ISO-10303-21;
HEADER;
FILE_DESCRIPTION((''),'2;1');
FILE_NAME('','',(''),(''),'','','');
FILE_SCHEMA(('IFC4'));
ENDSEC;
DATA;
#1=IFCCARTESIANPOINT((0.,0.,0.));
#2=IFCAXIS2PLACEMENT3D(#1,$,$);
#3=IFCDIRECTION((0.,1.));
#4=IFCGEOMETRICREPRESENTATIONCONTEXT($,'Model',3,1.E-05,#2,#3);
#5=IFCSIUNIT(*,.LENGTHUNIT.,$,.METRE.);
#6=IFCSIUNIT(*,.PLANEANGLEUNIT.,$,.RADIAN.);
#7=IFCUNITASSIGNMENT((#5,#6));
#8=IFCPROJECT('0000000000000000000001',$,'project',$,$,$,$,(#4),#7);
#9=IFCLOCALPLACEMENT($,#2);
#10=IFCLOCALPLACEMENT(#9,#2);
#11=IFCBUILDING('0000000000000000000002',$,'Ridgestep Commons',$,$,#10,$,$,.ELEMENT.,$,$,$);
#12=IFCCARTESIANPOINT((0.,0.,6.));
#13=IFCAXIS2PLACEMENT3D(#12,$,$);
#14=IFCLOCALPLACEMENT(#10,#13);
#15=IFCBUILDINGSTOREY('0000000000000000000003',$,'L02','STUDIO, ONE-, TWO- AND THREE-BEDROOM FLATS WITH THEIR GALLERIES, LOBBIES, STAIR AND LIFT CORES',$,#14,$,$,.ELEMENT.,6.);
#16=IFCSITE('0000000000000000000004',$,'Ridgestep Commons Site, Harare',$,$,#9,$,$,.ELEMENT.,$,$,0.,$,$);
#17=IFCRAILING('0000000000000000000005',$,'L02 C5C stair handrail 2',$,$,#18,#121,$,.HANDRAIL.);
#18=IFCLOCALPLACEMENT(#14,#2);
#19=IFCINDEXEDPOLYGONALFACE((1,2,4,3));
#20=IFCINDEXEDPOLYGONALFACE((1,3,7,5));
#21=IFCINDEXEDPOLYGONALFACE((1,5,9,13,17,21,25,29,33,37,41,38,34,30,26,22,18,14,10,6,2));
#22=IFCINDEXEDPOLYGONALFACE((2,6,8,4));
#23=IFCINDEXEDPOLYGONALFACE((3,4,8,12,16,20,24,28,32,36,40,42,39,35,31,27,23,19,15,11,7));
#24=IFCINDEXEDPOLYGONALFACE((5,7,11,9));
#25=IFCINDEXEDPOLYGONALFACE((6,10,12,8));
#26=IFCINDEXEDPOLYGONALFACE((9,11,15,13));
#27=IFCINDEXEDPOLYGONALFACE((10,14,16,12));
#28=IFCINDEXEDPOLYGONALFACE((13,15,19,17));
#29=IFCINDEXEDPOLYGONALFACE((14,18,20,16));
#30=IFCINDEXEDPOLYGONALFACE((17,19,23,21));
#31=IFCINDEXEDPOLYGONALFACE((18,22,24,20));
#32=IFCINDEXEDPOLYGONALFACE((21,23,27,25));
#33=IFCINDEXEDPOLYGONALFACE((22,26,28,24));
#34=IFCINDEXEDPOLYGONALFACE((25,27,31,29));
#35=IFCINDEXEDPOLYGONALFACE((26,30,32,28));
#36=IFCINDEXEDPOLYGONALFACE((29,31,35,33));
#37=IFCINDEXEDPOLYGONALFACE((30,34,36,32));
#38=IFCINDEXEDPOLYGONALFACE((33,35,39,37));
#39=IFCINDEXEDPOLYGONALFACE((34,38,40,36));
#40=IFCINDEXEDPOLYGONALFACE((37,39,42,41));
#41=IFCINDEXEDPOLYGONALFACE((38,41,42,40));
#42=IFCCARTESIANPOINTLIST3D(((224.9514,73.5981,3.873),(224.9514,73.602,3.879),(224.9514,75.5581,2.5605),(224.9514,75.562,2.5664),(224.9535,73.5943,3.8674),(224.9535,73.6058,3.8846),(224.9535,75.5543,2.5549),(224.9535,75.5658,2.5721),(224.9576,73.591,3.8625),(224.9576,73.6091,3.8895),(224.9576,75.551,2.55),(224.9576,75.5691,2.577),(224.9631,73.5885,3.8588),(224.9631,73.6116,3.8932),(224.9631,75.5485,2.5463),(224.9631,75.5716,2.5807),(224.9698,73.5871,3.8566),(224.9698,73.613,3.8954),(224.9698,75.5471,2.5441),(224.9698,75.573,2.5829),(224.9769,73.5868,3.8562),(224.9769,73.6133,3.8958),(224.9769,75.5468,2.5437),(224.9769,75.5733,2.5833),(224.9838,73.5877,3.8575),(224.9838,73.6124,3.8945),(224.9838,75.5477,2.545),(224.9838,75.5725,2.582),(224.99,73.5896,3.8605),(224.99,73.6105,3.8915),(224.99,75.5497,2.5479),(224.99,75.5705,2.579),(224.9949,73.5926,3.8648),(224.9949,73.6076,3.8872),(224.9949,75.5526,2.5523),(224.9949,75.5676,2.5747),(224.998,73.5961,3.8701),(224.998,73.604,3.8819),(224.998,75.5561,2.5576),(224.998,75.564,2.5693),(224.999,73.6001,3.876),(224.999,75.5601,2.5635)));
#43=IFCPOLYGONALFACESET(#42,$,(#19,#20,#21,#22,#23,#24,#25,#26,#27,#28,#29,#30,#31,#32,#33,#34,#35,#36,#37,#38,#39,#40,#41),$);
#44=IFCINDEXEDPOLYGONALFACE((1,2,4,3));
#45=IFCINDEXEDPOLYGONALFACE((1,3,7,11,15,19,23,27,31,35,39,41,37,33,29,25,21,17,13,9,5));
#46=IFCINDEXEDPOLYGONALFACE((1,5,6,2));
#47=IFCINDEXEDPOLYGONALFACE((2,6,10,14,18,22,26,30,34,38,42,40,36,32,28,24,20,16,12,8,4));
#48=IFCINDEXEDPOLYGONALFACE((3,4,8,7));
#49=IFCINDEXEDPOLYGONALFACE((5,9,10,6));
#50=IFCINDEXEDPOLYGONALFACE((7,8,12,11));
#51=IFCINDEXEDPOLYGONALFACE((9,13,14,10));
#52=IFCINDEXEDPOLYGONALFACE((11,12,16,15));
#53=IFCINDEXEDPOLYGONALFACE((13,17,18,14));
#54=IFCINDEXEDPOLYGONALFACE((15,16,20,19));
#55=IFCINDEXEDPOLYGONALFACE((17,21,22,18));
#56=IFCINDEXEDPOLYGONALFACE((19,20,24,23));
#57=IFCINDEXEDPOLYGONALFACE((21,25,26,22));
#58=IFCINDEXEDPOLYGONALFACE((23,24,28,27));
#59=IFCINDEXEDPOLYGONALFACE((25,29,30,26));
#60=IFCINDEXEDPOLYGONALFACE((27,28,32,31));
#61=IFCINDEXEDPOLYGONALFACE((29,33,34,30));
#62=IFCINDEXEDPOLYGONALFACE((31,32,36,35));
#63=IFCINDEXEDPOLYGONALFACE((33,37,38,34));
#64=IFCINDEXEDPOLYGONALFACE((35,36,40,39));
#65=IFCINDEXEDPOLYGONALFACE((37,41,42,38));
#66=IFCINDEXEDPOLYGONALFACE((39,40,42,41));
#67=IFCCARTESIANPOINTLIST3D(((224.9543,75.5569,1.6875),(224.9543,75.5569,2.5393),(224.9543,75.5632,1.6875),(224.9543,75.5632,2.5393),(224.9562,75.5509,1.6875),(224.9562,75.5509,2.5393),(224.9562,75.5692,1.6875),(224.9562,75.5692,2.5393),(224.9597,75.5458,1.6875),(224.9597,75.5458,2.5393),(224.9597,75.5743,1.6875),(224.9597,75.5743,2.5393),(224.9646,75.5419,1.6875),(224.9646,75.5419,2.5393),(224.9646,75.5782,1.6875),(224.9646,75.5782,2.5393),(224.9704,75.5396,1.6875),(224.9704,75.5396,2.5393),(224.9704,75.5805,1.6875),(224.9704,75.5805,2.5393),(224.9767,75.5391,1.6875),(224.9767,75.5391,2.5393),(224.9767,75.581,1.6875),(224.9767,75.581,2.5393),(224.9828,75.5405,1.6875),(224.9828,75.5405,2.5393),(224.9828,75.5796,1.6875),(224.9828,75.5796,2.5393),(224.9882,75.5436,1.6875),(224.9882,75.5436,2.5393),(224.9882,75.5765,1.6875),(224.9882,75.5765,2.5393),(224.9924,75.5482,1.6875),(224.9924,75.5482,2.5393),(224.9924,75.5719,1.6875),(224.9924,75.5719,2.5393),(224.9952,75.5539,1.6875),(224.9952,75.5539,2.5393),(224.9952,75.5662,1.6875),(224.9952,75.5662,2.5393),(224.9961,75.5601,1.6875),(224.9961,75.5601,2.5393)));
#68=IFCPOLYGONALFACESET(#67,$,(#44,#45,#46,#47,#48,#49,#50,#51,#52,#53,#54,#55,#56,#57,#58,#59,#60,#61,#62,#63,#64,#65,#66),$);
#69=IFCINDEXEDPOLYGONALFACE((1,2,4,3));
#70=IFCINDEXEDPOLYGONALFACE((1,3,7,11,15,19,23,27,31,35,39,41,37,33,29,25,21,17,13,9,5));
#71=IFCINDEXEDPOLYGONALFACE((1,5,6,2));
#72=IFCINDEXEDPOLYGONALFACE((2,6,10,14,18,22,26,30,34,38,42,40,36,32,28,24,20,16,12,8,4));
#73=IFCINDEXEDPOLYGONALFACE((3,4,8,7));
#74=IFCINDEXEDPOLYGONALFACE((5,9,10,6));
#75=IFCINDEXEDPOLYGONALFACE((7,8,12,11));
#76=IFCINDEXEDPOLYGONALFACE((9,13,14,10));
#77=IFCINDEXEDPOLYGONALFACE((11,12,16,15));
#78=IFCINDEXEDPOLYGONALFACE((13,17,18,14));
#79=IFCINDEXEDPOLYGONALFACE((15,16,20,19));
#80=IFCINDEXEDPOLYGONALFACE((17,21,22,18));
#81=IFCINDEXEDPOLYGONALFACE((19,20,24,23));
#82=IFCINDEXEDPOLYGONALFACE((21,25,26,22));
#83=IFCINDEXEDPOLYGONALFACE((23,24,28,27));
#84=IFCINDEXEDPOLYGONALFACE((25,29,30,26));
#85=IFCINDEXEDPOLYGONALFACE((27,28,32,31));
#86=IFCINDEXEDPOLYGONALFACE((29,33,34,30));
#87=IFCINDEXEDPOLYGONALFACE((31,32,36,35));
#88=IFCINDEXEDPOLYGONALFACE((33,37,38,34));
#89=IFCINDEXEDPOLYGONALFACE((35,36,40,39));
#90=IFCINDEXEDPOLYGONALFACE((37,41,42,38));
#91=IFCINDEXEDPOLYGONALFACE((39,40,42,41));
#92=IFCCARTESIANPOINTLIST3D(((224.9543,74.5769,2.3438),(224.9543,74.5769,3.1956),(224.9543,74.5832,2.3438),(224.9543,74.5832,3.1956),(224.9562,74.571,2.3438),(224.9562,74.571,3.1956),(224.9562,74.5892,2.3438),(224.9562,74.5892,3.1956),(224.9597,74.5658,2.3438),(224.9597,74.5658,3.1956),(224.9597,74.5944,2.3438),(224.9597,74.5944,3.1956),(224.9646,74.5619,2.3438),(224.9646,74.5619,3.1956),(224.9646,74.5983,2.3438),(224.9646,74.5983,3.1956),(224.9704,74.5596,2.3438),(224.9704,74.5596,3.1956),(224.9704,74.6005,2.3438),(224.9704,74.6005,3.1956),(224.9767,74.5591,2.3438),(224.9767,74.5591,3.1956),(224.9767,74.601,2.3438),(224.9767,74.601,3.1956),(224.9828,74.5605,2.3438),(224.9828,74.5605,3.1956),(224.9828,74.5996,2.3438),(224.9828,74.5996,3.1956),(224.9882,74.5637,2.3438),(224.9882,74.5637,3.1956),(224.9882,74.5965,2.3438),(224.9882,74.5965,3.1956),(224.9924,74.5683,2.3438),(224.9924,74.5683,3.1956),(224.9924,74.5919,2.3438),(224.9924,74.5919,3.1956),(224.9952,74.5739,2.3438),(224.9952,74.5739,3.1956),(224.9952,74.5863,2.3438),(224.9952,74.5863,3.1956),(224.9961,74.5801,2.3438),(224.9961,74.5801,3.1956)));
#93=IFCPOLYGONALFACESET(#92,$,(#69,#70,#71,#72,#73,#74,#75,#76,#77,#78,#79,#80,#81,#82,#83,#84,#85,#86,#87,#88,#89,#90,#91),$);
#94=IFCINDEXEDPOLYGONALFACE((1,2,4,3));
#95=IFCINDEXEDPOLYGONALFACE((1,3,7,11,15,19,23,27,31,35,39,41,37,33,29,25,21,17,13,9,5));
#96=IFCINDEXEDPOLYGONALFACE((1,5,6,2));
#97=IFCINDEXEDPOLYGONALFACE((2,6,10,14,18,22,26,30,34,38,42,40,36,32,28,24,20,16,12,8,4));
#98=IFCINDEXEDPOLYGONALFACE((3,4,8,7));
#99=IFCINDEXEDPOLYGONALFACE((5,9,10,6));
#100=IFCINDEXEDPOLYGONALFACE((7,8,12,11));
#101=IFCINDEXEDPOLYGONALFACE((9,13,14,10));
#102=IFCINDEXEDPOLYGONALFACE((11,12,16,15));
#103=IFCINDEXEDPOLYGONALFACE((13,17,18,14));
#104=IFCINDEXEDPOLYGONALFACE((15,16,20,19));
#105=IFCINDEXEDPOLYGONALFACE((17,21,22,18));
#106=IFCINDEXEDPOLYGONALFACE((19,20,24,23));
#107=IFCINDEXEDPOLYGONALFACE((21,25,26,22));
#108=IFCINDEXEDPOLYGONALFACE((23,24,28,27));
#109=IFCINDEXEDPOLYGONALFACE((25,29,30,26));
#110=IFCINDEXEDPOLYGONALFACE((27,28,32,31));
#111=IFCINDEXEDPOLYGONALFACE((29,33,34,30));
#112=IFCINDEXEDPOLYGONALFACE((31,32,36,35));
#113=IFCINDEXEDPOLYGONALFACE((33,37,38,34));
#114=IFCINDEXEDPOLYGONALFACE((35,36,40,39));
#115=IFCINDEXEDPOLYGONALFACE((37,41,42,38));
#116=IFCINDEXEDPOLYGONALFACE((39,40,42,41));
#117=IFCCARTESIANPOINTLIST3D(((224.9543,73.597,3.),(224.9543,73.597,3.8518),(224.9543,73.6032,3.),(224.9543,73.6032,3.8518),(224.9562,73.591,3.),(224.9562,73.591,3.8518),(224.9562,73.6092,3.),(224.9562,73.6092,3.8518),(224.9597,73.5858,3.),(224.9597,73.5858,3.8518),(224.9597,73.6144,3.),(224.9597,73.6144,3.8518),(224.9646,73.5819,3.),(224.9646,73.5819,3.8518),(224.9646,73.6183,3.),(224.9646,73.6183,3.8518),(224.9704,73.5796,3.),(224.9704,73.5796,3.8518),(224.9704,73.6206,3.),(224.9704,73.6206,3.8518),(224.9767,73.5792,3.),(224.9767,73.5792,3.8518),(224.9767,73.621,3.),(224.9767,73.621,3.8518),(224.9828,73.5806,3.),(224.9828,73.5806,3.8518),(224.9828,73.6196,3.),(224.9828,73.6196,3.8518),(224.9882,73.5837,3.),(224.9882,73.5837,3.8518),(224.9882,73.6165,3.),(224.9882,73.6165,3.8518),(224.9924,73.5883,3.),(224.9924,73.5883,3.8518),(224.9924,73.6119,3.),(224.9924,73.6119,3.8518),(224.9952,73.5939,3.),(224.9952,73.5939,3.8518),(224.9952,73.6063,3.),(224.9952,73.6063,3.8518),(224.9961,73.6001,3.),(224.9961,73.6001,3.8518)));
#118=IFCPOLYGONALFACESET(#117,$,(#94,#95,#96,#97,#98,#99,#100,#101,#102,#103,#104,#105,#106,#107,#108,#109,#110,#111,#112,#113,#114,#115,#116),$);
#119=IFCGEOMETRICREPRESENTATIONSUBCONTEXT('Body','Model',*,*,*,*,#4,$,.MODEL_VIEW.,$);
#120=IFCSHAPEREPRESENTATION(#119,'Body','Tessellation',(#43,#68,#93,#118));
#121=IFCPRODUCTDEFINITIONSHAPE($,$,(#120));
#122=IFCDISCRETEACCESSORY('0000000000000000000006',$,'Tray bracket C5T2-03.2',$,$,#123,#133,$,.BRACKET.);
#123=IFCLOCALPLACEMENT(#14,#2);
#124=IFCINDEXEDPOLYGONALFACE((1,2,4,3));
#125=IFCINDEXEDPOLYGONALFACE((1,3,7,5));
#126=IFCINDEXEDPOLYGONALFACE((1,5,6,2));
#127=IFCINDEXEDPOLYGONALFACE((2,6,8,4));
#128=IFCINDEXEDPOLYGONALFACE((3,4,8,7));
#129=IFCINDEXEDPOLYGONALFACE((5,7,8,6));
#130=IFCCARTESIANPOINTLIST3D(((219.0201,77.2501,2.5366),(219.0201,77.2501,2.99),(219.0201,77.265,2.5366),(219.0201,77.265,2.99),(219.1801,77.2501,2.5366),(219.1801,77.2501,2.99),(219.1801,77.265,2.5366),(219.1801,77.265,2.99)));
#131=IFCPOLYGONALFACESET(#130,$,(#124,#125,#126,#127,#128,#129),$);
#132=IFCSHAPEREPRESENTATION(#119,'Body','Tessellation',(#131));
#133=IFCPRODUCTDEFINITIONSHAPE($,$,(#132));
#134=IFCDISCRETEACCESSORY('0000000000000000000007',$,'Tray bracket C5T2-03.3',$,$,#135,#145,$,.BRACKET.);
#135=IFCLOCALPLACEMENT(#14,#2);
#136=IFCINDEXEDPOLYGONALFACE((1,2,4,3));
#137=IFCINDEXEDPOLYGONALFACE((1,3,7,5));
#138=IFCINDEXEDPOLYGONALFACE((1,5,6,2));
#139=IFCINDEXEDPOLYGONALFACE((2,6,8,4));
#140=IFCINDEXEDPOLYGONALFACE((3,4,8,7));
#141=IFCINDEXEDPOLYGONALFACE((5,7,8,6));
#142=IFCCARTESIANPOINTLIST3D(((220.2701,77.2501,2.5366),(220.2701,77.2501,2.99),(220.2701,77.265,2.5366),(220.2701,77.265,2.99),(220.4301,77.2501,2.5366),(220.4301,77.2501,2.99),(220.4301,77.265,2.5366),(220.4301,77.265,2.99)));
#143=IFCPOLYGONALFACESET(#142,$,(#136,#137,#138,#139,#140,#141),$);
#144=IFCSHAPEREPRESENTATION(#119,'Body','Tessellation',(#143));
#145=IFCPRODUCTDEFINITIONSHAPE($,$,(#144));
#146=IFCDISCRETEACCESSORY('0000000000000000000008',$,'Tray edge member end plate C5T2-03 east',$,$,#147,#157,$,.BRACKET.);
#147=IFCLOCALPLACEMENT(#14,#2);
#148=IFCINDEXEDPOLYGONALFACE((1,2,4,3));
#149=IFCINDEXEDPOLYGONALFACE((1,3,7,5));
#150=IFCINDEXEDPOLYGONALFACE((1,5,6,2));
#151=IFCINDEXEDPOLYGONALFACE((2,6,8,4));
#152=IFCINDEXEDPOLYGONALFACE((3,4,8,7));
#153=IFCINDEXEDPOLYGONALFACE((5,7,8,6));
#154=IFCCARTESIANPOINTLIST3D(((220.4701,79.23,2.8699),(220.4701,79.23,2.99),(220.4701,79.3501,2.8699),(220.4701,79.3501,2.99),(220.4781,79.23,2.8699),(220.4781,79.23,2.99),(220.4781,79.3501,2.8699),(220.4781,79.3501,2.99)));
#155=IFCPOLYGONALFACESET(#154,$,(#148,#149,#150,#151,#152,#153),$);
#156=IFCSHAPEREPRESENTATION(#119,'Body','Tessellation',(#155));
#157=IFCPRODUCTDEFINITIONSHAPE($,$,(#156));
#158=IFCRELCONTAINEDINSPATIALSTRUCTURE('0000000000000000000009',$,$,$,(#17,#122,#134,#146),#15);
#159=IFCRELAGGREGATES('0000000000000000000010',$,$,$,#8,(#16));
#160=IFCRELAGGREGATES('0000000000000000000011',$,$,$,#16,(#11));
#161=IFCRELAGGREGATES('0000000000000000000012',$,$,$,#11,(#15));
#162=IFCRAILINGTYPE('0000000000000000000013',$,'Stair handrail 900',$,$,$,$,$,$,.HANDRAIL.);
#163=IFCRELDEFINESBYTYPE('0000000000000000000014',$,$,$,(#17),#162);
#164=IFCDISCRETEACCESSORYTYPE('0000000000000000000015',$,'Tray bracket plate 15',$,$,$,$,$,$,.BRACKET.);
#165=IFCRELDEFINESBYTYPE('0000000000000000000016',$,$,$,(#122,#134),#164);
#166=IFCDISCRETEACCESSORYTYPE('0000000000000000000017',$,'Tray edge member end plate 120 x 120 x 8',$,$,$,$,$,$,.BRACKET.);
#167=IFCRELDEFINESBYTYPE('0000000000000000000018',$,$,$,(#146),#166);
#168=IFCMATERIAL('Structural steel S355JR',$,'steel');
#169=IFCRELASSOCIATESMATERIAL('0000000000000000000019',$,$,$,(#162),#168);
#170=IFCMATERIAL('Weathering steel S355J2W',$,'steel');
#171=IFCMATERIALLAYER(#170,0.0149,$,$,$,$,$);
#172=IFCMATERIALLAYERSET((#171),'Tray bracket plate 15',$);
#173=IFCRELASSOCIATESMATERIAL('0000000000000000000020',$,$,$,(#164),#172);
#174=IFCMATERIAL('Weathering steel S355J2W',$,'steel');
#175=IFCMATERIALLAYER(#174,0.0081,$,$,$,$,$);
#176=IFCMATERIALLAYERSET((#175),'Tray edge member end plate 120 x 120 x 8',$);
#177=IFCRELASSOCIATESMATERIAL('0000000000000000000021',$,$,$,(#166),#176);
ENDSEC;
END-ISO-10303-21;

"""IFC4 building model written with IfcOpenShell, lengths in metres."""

from ifc_helpers import new_model, si_unit, direction, frame, origin, origin_2d, place, context, subcontext, project, spatial, rectangle, circle, extrude, material, layer, layer_set, type_object, element, save


model = new_model("IFC4")

# Units and contexts
model_context = context("Model", 3, precision=1e-05, world=origin(), true_north=direction((0.0, 1.0)))
body_context = subcontext(model_context, "Body", "Model", "MODEL_VIEW")
ifc_project = project(units=[si_unit("LENGTHUNIT", "METRE"), si_unit("PLANEANGLEUNIT", "RADIAN")], contexts=[model_context])

# Site, building, storey
site_placement = place(None, origin())
site = spatial("IfcSite", under=ifc_project, at=site_placement, Name="Ridgestep Commons Site, Harare", CompositionType="ELEMENT", RefElevation=0.0)
building_placement = place(site_placement, origin())
building = spatial("IfcBuilding", under=site, at=building_placement, Name="Ridgestep Commons", CompositionType="ELEMENT")
storey_placement = place(building_placement, frame((0.0, 0.0, 6.0)))
storey = spatial("IfcBuildingStorey", under=building, at=storey_placement, Name="L02", Description="STUDIO, ONE-, TWO- AND THREE-BEDROOM FLATS WITH THEIR GALLERIES, LOBBIES, STAIR AND LIFT CORES", CompositionType="ELEMENT", Elevation=6.0)

# Railing
ifc_material_1 = material(Name="Structural steel S355JR", Category="steel")
railing_type_1 = type_object("IfcRailingType", Name="Stair handrail 900", PredefinedType="HANDRAIL", material=ifc_material_1)
railing_1_placement = place(storey_placement, frame((224.9751, 75.5601, 1.6875)))
element("IfcRailing", 1, at=railing_1_placement, inside=storey, type_object=railing_type_1, Name="L02 C5C stair handrail 2", PredefinedType="HANDRAIL", context=body_context, shape_type="SweptSolid", body=[
    extrude(circle(Radius=0.0239, at=origin_2d()), frame((0.0, 0.0, 0.876), z_axis=(0.0, -0.830902, 0.556419), x_axis=(1.0, 0.0, 0.0)), (0.0, 0.0, 1.0), 2.3589),
    extrude(circle(Radius=0.021, at=origin_2d()), origin(), (0.0, 0.0, 1.0), 0.8518),
    extrude(circle(Radius=0.021, at=origin_2d()), frame((0.0, -0.98, 0.6562)), (0.0, 0.0, 1.0), 0.8518),
    extrude(circle(Radius=0.021, at=origin_2d()), frame((0.0, -1.96, 1.3125)), (0.0, 0.0, 1.0), 0.8518),
])

# Discrete accessories
ifc_material_2 = material(Name="Weathering steel S355J2W", Category="steel")
ifc_layer_1 = layer(ifc_material_2, 0.0149)
ifc_layer_set_1 = layer_set([ifc_layer_1], Name="Tray bracket plate 15")
discrete_accessory_type_1 = type_object("IfcDiscreteAccessoryType", Name="Tray bracket plate 15", PredefinedType="BRACKET", material=ifc_layer_set_1)
for number, where, z_axis, x_axis, name in (
    (2, (219.1001, 77.2576, 2.5366), (0.0, 0.0, 1.0), (1.0, 0.0, 0.0), "Tray bracket C5T2-03.2"),
    (3, (220.3501, 77.2576, 2.5366), (0.0, 0.0, 1.0), (1.0, 0.0, 0.0), "Tray bracket C5T2-03.3"),
):
    element("IfcDiscreteAccessory", number, at=place(storey_placement, frame(where, z_axis=z_axis, x_axis=x_axis)), inside=storey, type_object=discrete_accessory_type_1, Name=name, PredefinedType="BRACKET", context=body_context, shape_type="SweptSolid", body=[
        extrude(rectangle(XDim=0.1599, YDim=0.0149, at=origin_2d()), origin(), (0.0, 0.0, 1.0), 0.4534),
    ])
ifc_material_3 = material(Name="Weathering steel S355J2W", Category="steel")
ifc_layer_2 = layer(ifc_material_3, 0.0081)
ifc_layer_set_2 = layer_set([ifc_layer_2], Name="Tray edge member end plate 120 x 120 x 8")
discrete_accessory_type_2 = type_object("IfcDiscreteAccessoryType", Name="Tray edge member end plate 120 x 120 x 8", PredefinedType="BRACKET", material=ifc_layer_set_2)
discrete_accessory_placement = place(storey_placement, frame((220.4741, 79.29, 2.8699), z_axis=(0.0, 0.0, 1.0), x_axis=(1.0, 0.0, 0.0)))
element("IfcDiscreteAccessory", 4, at=discrete_accessory_placement, inside=storey, type_object=discrete_accessory_type_2, Name="Tray edge member end plate C5T2-03 east", PredefinedType="BRACKET", context=body_context, shape_type="SweptSolid", body=[
    extrude(rectangle(XDim=0.0081, YDim=0.1201, at=origin_2d()), origin(), (0.0, 0.0, 1.0), 0.1201),
])

save(model, "model.ifc")
